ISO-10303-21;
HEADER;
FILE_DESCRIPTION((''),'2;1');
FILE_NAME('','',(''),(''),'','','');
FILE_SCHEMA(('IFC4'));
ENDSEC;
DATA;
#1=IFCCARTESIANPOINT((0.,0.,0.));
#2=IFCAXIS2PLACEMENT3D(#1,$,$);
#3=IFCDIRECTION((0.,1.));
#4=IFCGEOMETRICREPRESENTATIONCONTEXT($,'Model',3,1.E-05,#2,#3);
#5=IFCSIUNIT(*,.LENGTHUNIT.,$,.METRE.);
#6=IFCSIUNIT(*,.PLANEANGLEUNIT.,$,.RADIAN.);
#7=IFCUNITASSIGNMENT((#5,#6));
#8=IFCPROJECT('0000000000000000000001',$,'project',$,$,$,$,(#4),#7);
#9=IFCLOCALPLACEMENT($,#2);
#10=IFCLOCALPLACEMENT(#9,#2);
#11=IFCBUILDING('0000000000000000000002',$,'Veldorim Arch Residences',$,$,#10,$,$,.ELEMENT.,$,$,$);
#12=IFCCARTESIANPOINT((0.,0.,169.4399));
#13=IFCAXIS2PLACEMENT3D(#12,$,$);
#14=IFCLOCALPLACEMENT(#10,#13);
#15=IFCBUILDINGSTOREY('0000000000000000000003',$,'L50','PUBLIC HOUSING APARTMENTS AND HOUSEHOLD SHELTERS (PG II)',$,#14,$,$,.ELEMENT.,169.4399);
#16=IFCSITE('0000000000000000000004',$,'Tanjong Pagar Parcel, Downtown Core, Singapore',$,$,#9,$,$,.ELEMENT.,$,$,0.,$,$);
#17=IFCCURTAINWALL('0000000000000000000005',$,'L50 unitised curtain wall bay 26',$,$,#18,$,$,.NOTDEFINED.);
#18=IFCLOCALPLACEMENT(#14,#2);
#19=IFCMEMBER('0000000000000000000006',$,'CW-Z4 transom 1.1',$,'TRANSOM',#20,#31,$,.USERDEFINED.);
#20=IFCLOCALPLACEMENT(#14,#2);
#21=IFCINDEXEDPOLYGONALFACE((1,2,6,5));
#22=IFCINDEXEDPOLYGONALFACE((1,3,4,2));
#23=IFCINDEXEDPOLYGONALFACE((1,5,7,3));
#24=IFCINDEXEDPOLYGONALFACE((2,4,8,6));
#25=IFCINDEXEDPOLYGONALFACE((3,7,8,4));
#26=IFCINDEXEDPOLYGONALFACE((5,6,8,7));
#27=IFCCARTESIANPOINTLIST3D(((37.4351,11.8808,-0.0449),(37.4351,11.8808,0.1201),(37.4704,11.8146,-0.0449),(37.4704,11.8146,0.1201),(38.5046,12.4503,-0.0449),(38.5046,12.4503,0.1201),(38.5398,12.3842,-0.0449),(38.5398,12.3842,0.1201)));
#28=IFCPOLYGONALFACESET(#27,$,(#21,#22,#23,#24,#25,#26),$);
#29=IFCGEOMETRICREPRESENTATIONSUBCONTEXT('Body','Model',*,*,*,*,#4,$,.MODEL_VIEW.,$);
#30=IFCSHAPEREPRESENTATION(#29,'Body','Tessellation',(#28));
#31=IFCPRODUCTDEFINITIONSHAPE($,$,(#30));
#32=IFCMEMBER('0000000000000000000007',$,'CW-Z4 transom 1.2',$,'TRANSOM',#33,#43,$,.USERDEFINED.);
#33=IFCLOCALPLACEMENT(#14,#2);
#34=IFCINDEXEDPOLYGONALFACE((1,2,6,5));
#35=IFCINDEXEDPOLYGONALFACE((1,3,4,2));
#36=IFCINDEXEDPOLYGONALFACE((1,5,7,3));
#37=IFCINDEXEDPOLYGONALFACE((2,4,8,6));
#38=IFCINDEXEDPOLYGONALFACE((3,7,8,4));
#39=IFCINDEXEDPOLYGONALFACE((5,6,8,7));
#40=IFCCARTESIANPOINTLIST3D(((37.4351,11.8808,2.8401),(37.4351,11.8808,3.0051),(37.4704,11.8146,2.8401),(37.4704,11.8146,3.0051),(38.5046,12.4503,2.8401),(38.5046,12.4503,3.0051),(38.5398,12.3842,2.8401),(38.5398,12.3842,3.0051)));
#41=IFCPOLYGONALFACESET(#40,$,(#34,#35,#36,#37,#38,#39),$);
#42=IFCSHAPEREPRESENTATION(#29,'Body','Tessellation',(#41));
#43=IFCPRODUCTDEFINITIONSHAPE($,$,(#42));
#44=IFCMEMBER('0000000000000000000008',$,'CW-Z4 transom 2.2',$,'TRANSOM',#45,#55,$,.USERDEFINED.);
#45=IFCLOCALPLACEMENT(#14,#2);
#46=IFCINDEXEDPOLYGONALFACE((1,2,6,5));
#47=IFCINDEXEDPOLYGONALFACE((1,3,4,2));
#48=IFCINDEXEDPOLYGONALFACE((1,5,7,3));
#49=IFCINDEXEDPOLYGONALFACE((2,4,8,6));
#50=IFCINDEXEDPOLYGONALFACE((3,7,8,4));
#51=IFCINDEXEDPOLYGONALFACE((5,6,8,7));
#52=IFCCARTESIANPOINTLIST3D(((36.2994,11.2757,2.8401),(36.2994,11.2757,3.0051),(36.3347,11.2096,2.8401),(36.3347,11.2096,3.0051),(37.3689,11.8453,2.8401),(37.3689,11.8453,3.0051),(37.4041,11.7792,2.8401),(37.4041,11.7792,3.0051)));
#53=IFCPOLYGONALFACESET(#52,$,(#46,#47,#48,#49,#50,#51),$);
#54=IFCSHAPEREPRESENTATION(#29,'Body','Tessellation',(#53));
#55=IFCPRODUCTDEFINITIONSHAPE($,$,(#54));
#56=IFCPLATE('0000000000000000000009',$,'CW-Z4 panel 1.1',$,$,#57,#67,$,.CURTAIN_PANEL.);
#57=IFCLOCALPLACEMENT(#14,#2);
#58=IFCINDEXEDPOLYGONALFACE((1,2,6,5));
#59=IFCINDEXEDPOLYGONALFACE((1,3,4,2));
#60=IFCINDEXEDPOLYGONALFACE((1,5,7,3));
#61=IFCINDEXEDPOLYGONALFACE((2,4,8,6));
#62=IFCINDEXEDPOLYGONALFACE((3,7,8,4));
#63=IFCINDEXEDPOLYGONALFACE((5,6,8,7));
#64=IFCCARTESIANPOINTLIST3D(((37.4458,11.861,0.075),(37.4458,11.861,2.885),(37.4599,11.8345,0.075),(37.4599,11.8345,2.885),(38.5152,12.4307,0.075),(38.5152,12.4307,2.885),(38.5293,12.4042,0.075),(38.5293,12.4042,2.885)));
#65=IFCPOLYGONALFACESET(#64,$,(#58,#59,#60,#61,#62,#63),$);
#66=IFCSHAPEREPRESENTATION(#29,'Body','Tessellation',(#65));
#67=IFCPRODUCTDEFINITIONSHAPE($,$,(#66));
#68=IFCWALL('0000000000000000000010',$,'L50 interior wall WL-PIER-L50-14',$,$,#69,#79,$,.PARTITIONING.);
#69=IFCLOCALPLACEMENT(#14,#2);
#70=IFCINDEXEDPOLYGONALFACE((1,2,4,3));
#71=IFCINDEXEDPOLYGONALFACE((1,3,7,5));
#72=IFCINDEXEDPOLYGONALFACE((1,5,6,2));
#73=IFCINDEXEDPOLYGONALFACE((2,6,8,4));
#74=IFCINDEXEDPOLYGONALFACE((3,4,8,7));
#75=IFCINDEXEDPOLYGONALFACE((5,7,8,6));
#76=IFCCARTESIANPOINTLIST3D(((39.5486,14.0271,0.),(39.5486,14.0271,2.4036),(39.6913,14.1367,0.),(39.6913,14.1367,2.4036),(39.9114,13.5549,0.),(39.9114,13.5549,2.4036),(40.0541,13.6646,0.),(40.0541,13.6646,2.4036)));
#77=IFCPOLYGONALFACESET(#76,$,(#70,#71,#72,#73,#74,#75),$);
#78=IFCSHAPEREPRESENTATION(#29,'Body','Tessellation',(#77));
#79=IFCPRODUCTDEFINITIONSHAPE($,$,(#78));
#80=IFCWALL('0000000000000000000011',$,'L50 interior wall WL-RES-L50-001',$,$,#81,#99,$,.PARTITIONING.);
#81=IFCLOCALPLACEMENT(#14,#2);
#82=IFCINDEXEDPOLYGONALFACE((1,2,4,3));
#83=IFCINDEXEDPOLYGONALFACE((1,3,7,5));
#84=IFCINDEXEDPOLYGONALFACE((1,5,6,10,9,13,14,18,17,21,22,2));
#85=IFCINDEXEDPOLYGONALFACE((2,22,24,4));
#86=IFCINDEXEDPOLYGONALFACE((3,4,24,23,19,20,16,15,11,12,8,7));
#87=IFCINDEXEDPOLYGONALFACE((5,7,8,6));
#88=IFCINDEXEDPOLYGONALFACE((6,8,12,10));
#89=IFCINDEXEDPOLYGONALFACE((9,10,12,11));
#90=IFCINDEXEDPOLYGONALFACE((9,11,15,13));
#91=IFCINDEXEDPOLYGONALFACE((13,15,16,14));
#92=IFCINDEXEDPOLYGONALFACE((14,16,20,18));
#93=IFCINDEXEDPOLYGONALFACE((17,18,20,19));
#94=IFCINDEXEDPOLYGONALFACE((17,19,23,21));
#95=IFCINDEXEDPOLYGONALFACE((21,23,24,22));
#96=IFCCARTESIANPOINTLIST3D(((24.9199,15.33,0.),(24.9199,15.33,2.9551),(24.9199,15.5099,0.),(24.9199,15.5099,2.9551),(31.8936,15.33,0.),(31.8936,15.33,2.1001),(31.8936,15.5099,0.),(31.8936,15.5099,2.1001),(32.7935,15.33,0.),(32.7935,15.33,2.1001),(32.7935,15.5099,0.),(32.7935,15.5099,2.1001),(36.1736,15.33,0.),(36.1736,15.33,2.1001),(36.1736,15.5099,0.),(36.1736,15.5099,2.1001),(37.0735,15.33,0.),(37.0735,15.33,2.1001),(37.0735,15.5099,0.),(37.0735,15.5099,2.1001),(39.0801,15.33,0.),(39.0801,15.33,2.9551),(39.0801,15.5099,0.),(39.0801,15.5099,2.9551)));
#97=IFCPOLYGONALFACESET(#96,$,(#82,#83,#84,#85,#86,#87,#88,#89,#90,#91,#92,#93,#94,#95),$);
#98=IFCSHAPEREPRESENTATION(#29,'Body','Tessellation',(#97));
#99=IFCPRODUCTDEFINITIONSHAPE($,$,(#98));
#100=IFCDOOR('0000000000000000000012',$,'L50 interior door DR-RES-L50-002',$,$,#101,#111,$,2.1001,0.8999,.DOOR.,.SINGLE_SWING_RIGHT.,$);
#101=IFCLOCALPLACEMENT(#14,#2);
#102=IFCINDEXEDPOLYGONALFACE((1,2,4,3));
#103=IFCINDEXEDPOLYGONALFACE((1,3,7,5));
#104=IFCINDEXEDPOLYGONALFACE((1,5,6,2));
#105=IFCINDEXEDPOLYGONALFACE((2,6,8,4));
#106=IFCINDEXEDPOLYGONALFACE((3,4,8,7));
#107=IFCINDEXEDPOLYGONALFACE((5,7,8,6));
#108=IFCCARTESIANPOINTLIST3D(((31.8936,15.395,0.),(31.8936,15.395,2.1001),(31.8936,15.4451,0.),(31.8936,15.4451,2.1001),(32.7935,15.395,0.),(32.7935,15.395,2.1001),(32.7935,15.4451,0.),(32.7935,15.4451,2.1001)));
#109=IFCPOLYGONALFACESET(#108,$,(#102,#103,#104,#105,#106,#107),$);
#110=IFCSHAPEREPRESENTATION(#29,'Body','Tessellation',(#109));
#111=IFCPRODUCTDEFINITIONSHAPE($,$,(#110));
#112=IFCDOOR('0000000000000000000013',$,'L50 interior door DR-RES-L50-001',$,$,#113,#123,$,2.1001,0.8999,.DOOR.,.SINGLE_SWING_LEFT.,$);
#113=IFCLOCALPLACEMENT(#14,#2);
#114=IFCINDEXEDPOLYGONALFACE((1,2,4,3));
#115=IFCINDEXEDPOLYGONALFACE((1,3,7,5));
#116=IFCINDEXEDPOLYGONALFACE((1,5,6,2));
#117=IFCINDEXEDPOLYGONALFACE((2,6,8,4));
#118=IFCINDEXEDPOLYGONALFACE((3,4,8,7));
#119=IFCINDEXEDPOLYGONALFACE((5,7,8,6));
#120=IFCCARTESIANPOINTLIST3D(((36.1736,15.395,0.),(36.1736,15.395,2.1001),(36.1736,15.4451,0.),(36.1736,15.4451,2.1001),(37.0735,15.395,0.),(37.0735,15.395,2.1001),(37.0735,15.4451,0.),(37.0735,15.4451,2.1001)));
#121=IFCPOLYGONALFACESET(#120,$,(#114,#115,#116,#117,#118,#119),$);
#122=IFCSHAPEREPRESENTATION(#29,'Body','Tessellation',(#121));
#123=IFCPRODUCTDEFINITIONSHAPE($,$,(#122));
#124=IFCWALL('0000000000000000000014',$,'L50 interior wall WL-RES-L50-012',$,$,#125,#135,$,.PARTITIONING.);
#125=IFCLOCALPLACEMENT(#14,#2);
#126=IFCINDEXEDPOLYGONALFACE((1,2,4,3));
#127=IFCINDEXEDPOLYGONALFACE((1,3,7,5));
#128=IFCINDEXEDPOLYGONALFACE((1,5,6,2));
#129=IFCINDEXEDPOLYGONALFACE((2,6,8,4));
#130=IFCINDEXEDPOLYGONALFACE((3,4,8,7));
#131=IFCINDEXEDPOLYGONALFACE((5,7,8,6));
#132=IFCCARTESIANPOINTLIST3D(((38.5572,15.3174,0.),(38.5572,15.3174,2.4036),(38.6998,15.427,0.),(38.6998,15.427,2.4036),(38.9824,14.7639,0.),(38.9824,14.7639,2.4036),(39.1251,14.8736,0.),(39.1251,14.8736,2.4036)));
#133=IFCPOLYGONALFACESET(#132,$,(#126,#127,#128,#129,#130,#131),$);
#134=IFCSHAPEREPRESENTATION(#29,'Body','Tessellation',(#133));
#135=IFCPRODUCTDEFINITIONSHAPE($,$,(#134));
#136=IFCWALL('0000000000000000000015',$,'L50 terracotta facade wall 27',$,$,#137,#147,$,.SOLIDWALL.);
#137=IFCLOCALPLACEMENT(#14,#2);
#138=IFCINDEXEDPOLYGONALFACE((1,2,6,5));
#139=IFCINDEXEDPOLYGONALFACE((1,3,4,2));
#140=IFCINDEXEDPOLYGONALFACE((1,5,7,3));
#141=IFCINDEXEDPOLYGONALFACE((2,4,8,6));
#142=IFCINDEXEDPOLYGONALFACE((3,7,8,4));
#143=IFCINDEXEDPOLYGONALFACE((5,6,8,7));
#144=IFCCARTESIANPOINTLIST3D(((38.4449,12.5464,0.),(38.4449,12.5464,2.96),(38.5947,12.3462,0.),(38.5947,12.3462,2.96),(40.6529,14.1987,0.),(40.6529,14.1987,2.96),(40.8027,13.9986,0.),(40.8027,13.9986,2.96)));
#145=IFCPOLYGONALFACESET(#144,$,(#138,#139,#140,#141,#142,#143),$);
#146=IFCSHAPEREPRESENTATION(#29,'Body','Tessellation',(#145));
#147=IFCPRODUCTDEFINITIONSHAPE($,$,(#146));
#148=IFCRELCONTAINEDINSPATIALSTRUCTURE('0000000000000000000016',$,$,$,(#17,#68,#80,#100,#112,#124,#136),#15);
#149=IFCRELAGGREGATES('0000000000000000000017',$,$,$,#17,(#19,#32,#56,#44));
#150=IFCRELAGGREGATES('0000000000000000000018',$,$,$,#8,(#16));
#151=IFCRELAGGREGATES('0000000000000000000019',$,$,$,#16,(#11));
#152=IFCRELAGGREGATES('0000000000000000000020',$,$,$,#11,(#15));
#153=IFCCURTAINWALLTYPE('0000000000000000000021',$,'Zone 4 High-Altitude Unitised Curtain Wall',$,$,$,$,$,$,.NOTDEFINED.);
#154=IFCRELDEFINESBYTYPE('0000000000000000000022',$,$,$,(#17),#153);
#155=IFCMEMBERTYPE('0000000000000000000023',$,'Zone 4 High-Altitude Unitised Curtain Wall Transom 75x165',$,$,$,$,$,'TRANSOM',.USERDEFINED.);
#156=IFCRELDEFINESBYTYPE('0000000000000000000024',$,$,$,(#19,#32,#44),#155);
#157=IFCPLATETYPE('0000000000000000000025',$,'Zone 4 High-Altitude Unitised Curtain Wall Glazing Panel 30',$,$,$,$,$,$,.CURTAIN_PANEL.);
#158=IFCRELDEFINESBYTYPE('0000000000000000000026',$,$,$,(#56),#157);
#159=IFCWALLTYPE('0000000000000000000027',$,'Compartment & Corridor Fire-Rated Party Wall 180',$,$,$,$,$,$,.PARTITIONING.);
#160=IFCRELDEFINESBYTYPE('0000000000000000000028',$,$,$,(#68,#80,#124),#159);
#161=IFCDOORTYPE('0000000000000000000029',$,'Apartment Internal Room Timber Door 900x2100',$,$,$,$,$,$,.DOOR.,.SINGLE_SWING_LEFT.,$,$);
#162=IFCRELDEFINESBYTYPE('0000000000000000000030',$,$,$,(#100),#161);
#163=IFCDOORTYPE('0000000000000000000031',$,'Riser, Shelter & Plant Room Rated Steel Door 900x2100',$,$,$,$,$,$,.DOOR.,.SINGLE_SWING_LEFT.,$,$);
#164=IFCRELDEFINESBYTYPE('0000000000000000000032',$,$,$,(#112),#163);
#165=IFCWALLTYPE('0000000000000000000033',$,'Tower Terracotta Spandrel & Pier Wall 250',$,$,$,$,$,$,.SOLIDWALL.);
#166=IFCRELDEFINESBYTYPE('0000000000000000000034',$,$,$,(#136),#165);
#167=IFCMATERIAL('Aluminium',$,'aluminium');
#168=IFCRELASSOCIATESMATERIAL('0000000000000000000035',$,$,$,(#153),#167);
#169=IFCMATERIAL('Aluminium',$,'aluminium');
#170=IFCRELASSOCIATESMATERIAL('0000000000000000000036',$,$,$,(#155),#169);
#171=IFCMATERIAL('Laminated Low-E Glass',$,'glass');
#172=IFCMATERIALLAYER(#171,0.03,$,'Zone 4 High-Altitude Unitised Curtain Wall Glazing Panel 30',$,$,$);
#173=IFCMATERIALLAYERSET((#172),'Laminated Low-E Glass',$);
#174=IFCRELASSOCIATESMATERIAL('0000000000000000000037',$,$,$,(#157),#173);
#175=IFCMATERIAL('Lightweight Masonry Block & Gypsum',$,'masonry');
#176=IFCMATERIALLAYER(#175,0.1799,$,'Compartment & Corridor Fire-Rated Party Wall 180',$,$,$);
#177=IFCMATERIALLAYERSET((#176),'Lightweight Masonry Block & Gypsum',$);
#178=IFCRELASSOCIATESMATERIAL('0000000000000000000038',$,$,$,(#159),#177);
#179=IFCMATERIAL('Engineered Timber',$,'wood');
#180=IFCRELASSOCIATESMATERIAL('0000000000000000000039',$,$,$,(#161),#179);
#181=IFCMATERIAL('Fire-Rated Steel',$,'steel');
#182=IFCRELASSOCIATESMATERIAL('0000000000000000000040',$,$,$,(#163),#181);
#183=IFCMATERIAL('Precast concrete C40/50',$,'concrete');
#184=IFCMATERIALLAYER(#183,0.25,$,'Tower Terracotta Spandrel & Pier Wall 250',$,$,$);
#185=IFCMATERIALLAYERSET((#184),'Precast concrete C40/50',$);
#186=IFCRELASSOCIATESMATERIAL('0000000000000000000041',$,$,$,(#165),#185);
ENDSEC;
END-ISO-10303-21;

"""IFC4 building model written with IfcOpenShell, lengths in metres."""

from ifc_helpers import new_model, si_unit, direction, frame, frame_2d, origin, origin_2d, place, context, subcontext, project, spatial, rectangle, extrude, material, layer, layer_set, material_profile, profile_set, type_object, element, fill, aggregate, save


model = new_model("IFC4")

# Units and contexts
model_context = context("Model", 3, precision=1e-05, world=origin(), true_north=direction((0.0, 1.0)))
body_context = subcontext(model_context, "Body", "Model", "MODEL_VIEW")
ifc_project = project(units=[si_unit("LENGTHUNIT", "METRE"), si_unit("PLANEANGLEUNIT", "RADIAN")], contexts=[model_context])

# Site, building, storey
site_placement = place(None, origin())
site = spatial("IfcSite", under=ifc_project, at=site_placement, Name="Tanjong Pagar Parcel, Downtown Core, Singapore", CompositionType="ELEMENT", RefElevation=0.0)
building_placement = place(site_placement, origin())
building = spatial("IfcBuilding", under=site, at=building_placement, Name="Veldorim Arch Residences", CompositionType="ELEMENT")
storey_placement = place(building_placement, frame((0.0, 0.0, 169.4399)))
storey = spatial("IfcBuildingStorey", under=building, at=storey_placement, Name="L50", Description="PUBLIC HOUSING APARTMENTS AND HOUSEHOLD SHELTERS (PG II)", CompositionType="ELEMENT", Elevation=169.4399)

# Curtain wall, members, plate
ifc_material_1 = material(Name="Aluminium", Category="aluminium")
curtain_wall_type = type_object("IfcCurtainWallType", Name="Zone 4 High-Altitude Unitised Curtain Wall", PredefinedType="NOTDEFINED", material=ifc_material_1)
curtain_wall_placement = place(storey_placement, origin())
curtain_wall = element("IfcCurtainWall", 1, at=curtain_wall_placement, inside=storey, type_object=curtain_wall_type, Name="L50 unitised curtain wall bay 26", PredefinedType="NOTDEFINED")
ifc_material_2 = material(Name="Aluminium", Category="aluminium")
ifc_material_profile_1 = material_profile(ifc_material_2, rectangle(XDim=0.075, YDim=0.165, at=origin_2d()), Name="ALU_TRN_75x165")
ifc_profile_set_1 = profile_set([ifc_material_profile_1], Name="Aluminium")
member_type_1 = type_object("IfcMemberType", Name="Zone 4 High-Altitude Unitised Curtain Wall Transom 75x165", ElementType="TRANSOM", PredefinedType="USERDEFINED", material=ifc_profile_set_1)
member_1_placement = place(storey_placement, frame((38.5222, 12.4172, 0.0376), z_axis=(-0.882648, -0.470034, 0.0), x_axis=(0.470034, -0.882648, 0.0)))
member_1 = element("IfcMember", 2, at=member_1_placement, type_object=member_type_1, Name="CW-Z4 transom 1.1", ObjectType="TRANSOM", PredefinedType="USERDEFINED", context=body_context, shape_type="SweptSolid", body=[
    extrude(rectangle(XDim=0.075, YDim=0.165, at=origin_2d()), origin(), (0.0, 0.0, 1.0), 1.2117),
])
member_2_placement = place(storey_placement, frame((38.5222, 12.4172, 2.9226), z_axis=(-0.882648, -0.470034, 0.0), x_axis=(0.470034, -0.882648, 0.0)))
member_2 = element("IfcMember", 3, at=member_2_placement, type_object=member_type_1, Name="CW-Z4 transom 1.2", ObjectType="TRANSOM", PredefinedType="USERDEFINED", context=body_context, shape_type="SweptSolid", body=[
    extrude(rectangle(XDim=0.075, YDim=0.165, at=origin_2d()), origin(), (0.0, 0.0, 1.0), 1.2117),
])
member_3_placement = place(storey_placement, frame((37.3865, 11.8123, 2.9226), z_axis=(-0.882604, -0.470118, 0.0), x_axis=(0.470118, -0.882604, 0.0)))
member_3 = element("IfcMember", 4, at=member_3_placement, type_object=member_type_1, Name="CW-Z4 transom 2.2", ObjectType="TRANSOM", PredefinedType="USERDEFINED", context=body_context, shape_type="SweptSolid", body=[
    extrude(rectangle(XDim=0.075, YDim=0.165, at=origin_2d()), origin(), (0.0, 0.0, 1.0), 1.2117),
])
ifc_material_3 = material(Name="Laminated Low-E Glass", Category="glass")
ifc_layer_1 = layer(ifc_material_3, 0.03, Name="Zone 4 High-Altitude Unitised Curtain Wall Glazing Panel 30")
ifc_layer_set_1 = layer_set([ifc_layer_1], Name="Laminated Low-E Glass")
plate_type = type_object("IfcPlateType", Name="Zone 4 High-Altitude Unitised Curtain Wall Glazing Panel 30", PredefinedType="CURTAIN_PANEL", material=ifc_layer_set_1)
plate_placement = place(storey_placement, frame((37.9875, 12.1326, 0.075), z_axis=(0.0, 0.0, 1.0), x_axis=(-0.882567, -0.470186, 0.0)))
plate = element("IfcPlate", 5, at=plate_placement, type_object=plate_type, Name="CW-Z4 panel 1.1", PredefinedType="CURTAIN_PANEL", context=body_context, shape_type="SweptSolid", body=[
    extrude(rectangle(XDim=1.2117, YDim=0.03, at=origin_2d()), origin(), (0.0, 0.0, 1.0), 2.8101),
])
aggregate(curtain_wall, [member_1, member_2, plate, member_3])

# Wall
ifc_material_4 = material(Name="Lightweight Masonry Block & Gypsum", Category="masonry")
ifc_layer_2 = layer(ifc_material_4, 0.1799, Name="Compartment & Corridor Fire-Rated Party Wall 180")
ifc_layer_set_2 = layer_set([ifc_layer_2], Name="Lightweight Masonry Block & Gypsum")
wall_type_1 = type_object("IfcWallType", Name="Compartment & Corridor Fire-Rated Party Wall 180", PredefinedType="PARTITIONING", material=ifc_layer_set_2)
wall_1_placement = place(storey_placement, frame((39.6199, 14.082, 0.0), z_axis=(0.0, 0.0, 1.0), x_axis=(0.609275, -0.792959, 0.0)))
element("IfcWall", 6, at=wall_1_placement, inside=storey, type_object=wall_type_1, Name="L50 interior wall WL-PIER-L50-14", PredefinedType="PARTITIONING", context=body_context, shape_type="SweptSolid", body=[
    extrude(rectangle(XDim=0.5955, YDim=0.1799, at=frame_2d((0.2979, 0.0))), origin(), (0.0, 0.0, 1.0), 2.4036),
])

# Wall, openings, doors
wall_2_placement = place(storey_placement, frame((39.0801, 15.4199, 0.0), z_axis=(0.0, 0.0, 1.0), x_axis=(-1.0, 0.0, 0.0)))
wall_2 = element("IfcWall", 7, at=wall_2_placement, inside=storey, type_object=wall_type_1, Name="L50 interior wall WL-RES-L50-001", PredefinedType="PARTITIONING", context=body_context, shape_type="SweptSolid", body=[
    extrude(rectangle(XDim=14.1602, YDim=0.1799, at=frame_2d((7.0801, 0.0))), origin(), (0.0, 0.0, 1.0), 2.9551),
])
opening_1_placement = place(wall_2_placement, frame((2.0066, 0.0, 0.0)))
opening_1 = element("IfcOpeningElement", 8, at=opening_1_placement, cuts=wall_2, PredefinedType="OPENING", context=body_context, shape_type="SweptSolid", body=[
    extrude(rectangle(XDim=0.8999, YDim=2.1001, at=frame_2d((0.45, 1.05))), frame((0.0, 0.0999, 0.0), z_axis=(0.0, -1.0, 0.0), x_axis=(1.0, 0.0, 0.0)), (0.0, 0.0, 1.0), 0.2),
])
opening_2_placement = place(wall_2_placement, frame((6.2866, 0.0, 0.0)))
opening_2 = element("IfcOpeningElement", 9, at=opening_2_placement, cuts=wall_2, PredefinedType="OPENING", context=body_context, shape_type="SweptSolid", body=[
    extrude(rectangle(XDim=0.8999, YDim=2.1001, at=frame_2d((0.45, 1.05))), frame((0.0, 0.0999, 0.0), z_axis=(0.0, -1.0, 0.0), x_axis=(1.0, 0.0, 0.0)), (0.0, 0.0, 1.0), 0.2),
])
ifc_material_5 = material(Name="Engineered Timber", Category="wood")
door_type_1 = type_object("IfcDoorType", Name="Apartment Internal Room Timber Door 900x2100", OperationType="SINGLE_SWING_LEFT", PredefinedType="DOOR", material=ifc_material_5)
door_1_placement = place(opening_2_placement, origin())
door_1 = element("IfcDoor", 10, at=door_1_placement, inside=storey, type_object=door_type_1, Name="L50 interior door DR-RES-L50-002", OperationType="SINGLE_SWING_RIGHT", OverallHeight=2.1001, OverallWidth=0.8999, PredefinedType="DOOR", context=body_context, shape_type="SweptSolid", body=[
    extrude(rectangle(XDim=0.8999, YDim=2.1001, at=frame_2d((0.45, 1.05))), frame((0.0, 0.0249, 0.0), z_axis=(0.0, -1.0, 0.0), x_axis=(1.0, 0.0, 0.0)), (0.0, 0.0, 1.0), 0.05),
])
fill(opening_2, door_1)
ifc_material_6 = material(Name="Fire-Rated Steel", Category="steel")
door_type_2 = type_object("IfcDoorType", Name="Riser, Shelter & Plant Room Rated Steel Door 900x2100", OperationType="SINGLE_SWING_LEFT", PredefinedType="DOOR", material=ifc_material_6)
door_2_placement = place(opening_1_placement, origin())
door_2 = element("IfcDoor", 11, at=door_2_placement, inside=storey, type_object=door_type_2, Name="L50 interior door DR-RES-L50-001", OperationType="SINGLE_SWING_LEFT", OverallHeight=2.1001, OverallWidth=0.8999, PredefinedType="DOOR", context=body_context, shape_type="SweptSolid", body=[
    extrude(rectangle(XDim=0.8999, YDim=2.1001, at=frame_2d((0.45, 1.05))), frame((0.0, 0.0249, 0.0), z_axis=(0.0, -1.0, 0.0), x_axis=(1.0, 0.0, 0.0)), (0.0, 0.0, 1.0), 0.05),
])
fill(opening_1, door_2)

# Walls
wall_3_placement = place(storey_placement, frame((38.6284, 15.3723, 0.0), z_axis=(0.0, 0.0, 1.0), x_axis=(0.609305, -0.792936, 0.0)))
element("IfcWall", 12, at=wall_3_placement, inside=storey, type_object=wall_type_1, Name="L50 interior wall WL-RES-L50-012", PredefinedType="PARTITIONING", context=body_context, shape_type="SweptSolid", body=[
    extrude(rectangle(XDim=0.698, YDim=0.1799, at=frame_2d((0.3491, 0.0))), origin(), (0.0, 0.0, 1.0), 2.4036),
])
ifc_material_7 = material(Name="Precast concrete C40/50", Category="concrete")
ifc_layer_3 = layer(ifc_material_7, 0.25, Name="Tower Terracotta Spandrel & Pier Wall 250")
ifc_layer_set_3 = layer_set([ifc_layer_3], Name="Precast concrete C40/50")
wall_type_2 = type_object("IfcWallType", Name="Tower Terracotta Spandrel & Pier Wall 250", PredefinedType="SOLIDWALL", material=ifc_layer_set_3)
wall_4_placement = place(storey_placement, frame((40.7278, 14.0986, 0.0), z_axis=(0.0, 0.0, 1.0), x_axis=(-0.800637, -0.59915, 0.0)))
element("IfcWall", 13, at=wall_4_placement, inside=storey, type_object=wall_type_2, Name="L50 terracotta facade wall 27", PredefinedType="SOLIDWALL", context=body_context, shape_type="SweptSolid", body=[
    extrude(rectangle(XDim=2.7578, YDim=0.25, at=frame_2d((1.3789, 0.0))), origin(), (0.0, 0.0, 1.0), 2.96),
])

save(model, "model.ifc")
